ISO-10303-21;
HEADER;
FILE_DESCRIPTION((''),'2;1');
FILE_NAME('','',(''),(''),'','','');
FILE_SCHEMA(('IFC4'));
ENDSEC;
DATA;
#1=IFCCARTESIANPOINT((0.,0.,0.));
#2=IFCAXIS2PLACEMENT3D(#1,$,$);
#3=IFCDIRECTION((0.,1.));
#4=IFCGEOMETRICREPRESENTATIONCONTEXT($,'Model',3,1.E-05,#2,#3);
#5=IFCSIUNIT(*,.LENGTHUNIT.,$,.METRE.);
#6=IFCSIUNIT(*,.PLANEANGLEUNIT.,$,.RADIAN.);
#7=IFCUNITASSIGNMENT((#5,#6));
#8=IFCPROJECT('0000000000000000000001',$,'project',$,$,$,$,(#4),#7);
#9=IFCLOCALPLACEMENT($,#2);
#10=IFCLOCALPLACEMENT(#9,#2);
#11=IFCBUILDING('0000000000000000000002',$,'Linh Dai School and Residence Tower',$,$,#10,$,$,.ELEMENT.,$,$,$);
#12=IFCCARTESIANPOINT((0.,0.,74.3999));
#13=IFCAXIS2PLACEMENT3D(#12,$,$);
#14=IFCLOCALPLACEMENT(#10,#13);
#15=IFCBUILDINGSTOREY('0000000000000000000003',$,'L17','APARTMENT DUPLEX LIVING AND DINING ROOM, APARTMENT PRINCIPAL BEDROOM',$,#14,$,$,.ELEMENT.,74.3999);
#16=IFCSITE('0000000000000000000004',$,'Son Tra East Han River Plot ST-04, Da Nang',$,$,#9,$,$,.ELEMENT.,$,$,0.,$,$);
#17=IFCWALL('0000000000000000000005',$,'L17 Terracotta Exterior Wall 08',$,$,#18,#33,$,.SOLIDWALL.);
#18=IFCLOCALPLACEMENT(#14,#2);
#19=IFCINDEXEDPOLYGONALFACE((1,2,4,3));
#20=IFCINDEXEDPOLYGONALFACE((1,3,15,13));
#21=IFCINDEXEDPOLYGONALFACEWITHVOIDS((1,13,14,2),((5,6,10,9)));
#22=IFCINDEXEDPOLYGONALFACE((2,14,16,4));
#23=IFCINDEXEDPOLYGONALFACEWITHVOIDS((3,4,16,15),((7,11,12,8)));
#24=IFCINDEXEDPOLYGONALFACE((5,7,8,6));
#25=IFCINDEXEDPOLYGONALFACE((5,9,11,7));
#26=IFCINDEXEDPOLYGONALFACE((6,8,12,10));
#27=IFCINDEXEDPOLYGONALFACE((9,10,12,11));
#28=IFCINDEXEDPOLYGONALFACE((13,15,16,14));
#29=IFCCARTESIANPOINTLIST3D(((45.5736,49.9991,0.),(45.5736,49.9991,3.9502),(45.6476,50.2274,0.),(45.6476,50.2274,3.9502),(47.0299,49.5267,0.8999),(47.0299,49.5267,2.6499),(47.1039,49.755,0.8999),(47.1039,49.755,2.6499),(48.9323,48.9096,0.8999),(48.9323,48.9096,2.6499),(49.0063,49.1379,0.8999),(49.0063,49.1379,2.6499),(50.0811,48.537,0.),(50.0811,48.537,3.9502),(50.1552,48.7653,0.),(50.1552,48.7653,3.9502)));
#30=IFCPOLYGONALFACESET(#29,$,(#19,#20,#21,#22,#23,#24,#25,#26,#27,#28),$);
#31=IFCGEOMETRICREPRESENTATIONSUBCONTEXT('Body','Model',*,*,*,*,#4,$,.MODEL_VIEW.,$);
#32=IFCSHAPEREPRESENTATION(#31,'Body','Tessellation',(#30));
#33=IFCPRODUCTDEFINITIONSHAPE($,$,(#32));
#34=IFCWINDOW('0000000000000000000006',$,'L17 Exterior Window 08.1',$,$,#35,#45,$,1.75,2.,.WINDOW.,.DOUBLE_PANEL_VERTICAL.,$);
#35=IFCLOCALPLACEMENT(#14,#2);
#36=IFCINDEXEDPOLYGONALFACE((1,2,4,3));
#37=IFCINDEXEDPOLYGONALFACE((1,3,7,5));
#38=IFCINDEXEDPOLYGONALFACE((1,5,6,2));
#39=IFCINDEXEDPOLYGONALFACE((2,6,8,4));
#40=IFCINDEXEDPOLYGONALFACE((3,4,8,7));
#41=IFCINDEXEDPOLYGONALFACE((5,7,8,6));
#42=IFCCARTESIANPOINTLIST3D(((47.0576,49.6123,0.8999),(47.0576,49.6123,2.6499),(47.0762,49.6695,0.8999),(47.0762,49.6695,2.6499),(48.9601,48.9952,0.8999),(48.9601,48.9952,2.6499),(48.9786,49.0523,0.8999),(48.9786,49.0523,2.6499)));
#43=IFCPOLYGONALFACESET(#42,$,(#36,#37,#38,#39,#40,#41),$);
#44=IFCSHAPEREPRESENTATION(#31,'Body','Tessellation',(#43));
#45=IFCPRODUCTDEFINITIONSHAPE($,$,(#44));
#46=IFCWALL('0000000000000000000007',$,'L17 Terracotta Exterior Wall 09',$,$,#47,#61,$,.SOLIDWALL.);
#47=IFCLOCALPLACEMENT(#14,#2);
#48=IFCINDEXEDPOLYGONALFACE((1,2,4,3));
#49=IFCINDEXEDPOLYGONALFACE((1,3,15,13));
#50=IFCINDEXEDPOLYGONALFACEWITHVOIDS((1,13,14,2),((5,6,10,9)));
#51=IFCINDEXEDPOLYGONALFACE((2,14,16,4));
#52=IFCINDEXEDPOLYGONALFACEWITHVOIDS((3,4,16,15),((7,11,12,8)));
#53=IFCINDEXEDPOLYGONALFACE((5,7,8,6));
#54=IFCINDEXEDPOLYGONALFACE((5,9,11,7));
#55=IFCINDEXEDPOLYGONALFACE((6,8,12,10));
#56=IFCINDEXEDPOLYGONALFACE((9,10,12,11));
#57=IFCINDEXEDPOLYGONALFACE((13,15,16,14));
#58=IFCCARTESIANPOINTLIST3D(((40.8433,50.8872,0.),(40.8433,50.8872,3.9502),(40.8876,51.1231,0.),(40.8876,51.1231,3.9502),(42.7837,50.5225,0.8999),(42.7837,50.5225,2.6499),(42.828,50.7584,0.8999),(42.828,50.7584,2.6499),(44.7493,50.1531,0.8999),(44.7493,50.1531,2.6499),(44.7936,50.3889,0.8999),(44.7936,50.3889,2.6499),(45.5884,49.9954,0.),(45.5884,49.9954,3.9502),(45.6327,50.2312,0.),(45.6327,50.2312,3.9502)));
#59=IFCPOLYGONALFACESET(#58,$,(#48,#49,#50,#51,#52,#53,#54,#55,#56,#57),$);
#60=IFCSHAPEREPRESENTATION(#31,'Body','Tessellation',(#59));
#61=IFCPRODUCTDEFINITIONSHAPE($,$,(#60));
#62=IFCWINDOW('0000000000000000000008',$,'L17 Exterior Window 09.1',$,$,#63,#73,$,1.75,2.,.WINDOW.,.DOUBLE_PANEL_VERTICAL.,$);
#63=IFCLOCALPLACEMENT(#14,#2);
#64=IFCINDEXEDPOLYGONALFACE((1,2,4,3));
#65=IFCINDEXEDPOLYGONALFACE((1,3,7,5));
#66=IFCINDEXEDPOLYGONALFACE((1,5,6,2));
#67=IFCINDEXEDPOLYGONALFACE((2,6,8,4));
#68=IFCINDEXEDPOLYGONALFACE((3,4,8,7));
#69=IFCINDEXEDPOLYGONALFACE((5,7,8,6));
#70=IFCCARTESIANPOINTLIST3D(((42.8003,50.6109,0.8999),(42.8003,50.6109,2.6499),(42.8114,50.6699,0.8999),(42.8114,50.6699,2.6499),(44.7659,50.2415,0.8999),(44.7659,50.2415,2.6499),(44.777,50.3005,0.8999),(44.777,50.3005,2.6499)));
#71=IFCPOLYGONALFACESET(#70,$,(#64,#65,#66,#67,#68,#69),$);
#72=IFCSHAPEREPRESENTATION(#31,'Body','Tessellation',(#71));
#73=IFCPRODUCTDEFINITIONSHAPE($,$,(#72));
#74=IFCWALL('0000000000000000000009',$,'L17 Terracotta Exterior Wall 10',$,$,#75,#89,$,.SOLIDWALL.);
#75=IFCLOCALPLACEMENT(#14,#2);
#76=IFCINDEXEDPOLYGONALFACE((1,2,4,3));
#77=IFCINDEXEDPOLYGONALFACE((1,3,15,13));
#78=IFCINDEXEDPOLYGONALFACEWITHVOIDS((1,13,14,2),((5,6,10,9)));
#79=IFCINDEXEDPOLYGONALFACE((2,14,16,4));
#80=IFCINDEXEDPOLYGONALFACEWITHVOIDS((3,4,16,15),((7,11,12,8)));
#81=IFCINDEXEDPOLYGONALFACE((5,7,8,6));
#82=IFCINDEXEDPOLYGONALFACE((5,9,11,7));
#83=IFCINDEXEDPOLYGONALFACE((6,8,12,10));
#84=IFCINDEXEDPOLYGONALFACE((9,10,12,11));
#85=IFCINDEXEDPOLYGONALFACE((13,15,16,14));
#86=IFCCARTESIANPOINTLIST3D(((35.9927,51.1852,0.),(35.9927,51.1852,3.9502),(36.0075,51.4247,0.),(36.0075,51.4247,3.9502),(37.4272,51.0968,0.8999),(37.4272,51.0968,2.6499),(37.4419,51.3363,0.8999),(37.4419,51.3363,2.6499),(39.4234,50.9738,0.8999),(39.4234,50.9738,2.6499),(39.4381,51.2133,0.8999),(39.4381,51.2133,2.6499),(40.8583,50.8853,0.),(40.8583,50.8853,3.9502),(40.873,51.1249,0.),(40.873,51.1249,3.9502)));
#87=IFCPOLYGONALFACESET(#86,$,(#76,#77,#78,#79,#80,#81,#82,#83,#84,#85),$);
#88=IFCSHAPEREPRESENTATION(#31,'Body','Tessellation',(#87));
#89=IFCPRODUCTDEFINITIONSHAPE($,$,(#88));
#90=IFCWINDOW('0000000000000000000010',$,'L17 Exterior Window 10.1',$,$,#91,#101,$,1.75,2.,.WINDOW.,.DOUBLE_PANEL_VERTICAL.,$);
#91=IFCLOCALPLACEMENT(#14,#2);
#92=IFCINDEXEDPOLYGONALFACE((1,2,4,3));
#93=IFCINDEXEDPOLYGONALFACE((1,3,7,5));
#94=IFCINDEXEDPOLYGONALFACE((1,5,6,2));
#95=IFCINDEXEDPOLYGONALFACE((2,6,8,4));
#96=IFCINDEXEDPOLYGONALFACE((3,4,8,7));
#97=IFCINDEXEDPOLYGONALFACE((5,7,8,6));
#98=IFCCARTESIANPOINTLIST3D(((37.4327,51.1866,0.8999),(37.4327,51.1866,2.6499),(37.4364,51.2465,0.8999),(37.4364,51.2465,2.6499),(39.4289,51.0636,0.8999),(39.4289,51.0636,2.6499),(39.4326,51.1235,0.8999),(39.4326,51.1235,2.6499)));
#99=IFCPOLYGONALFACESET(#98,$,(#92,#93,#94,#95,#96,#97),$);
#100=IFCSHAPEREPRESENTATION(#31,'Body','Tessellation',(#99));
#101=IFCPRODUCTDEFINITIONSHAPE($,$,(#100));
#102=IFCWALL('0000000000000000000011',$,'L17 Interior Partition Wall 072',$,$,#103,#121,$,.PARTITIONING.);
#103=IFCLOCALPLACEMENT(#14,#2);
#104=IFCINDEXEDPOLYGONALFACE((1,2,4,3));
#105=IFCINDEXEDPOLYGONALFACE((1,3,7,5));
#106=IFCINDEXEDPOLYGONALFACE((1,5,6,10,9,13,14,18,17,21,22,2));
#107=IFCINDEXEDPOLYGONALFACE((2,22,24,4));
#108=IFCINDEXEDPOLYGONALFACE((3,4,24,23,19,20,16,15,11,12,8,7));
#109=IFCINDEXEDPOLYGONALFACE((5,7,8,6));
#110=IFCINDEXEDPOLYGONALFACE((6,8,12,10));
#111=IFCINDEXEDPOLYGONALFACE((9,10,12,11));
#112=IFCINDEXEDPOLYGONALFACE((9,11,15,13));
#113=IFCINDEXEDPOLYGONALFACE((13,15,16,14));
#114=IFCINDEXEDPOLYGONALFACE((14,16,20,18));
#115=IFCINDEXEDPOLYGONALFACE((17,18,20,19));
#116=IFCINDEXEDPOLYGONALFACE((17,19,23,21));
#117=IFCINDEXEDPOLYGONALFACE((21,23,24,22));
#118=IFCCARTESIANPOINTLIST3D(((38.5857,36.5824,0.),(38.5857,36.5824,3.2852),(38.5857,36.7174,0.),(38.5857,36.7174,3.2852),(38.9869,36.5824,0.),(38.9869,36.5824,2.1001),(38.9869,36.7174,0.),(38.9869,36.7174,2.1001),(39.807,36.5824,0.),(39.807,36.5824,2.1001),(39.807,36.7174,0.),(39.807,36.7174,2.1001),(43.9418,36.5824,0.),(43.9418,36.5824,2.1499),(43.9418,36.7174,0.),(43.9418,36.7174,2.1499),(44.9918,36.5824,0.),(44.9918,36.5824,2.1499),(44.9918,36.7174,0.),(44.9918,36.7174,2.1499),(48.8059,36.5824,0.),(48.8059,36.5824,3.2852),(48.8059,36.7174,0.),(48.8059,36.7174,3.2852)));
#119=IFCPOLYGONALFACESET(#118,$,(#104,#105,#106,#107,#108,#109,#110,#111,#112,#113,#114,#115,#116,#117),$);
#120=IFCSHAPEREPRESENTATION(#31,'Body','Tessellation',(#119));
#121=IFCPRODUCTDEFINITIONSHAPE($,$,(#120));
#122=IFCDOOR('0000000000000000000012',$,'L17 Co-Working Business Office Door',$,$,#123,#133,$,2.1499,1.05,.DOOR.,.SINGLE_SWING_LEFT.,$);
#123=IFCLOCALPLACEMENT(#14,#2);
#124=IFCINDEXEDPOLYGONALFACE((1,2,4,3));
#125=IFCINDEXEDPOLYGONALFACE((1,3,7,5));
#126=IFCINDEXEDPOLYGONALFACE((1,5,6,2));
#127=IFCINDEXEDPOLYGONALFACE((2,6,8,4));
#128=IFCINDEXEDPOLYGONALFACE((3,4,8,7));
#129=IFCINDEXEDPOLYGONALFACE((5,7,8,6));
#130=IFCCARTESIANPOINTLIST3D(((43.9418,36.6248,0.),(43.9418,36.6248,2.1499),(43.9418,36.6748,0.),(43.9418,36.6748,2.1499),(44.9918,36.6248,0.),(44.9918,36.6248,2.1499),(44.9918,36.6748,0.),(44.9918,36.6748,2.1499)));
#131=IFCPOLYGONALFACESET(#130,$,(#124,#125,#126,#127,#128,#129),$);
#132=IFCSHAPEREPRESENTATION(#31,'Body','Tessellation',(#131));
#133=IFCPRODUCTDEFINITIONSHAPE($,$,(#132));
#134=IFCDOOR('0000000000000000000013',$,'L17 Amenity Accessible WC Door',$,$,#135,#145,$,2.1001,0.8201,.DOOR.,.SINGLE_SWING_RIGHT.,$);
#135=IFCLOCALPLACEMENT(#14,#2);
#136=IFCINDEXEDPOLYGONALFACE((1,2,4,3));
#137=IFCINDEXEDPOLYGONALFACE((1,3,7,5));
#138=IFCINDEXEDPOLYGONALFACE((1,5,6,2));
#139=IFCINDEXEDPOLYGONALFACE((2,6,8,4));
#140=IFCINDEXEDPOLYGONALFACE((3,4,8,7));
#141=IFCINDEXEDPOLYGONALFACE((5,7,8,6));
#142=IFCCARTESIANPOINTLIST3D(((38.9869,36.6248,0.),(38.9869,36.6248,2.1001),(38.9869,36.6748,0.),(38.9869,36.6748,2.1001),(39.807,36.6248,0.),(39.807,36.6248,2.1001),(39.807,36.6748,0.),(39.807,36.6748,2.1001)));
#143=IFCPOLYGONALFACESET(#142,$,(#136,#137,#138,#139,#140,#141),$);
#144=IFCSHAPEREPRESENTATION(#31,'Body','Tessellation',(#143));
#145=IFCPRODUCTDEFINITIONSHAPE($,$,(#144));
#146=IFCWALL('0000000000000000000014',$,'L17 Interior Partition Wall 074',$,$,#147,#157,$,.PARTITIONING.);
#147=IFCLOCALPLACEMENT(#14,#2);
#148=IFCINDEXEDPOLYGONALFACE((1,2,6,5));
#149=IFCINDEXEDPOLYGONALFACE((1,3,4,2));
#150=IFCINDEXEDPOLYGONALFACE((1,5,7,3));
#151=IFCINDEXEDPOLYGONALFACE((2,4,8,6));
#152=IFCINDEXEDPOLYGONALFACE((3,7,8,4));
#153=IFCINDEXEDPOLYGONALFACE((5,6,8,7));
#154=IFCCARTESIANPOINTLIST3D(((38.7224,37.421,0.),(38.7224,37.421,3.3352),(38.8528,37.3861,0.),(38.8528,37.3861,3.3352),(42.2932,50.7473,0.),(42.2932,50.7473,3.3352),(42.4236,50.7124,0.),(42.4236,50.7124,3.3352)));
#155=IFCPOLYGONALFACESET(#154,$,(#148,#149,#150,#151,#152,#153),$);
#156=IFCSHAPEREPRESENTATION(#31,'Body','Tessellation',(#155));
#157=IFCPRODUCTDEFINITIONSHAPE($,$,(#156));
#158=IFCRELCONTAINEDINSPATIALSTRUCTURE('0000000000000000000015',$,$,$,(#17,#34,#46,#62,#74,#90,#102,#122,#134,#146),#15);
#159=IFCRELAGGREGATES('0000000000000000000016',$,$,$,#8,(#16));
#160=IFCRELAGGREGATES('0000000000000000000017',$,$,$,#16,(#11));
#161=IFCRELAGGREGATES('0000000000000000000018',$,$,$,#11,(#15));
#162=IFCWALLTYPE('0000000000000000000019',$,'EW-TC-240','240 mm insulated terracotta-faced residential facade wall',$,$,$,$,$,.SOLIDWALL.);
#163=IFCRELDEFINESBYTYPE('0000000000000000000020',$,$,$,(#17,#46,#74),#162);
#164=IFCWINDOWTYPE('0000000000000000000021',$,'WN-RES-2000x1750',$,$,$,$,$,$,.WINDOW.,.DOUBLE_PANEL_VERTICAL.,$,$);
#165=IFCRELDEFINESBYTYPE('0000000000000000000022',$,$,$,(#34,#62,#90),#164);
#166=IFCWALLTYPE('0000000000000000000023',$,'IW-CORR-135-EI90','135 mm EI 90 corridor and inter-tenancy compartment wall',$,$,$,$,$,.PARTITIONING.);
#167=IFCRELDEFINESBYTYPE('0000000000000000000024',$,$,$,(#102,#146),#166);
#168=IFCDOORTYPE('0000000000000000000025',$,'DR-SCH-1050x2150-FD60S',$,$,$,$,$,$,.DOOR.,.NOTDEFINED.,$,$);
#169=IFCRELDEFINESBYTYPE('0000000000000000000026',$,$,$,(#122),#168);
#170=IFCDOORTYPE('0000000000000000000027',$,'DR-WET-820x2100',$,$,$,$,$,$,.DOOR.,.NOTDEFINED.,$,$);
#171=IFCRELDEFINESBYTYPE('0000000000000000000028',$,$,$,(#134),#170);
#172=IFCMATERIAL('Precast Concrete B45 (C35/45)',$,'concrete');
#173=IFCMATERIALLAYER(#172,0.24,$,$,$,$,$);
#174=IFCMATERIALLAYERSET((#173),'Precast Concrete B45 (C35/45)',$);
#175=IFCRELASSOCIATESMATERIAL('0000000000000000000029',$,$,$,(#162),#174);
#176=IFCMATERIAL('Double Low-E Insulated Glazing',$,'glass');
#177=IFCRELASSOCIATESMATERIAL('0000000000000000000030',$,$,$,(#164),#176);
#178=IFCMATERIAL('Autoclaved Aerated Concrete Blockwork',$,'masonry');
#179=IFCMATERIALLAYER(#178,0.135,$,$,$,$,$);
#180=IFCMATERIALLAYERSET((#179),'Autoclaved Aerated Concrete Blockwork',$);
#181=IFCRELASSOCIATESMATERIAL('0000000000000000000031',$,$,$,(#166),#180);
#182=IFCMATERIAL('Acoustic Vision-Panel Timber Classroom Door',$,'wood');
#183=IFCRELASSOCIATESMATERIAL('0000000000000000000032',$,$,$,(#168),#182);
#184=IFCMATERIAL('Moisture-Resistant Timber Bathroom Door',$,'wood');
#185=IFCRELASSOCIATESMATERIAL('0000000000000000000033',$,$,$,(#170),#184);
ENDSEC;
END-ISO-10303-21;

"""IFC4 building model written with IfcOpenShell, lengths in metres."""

from ifc_helpers import new_model, si_unit, direction, frame, frame_2d, origin, origin_2d, place, context, subcontext, project, spatial, rectangle, extrude, source, transform, mapped, material, layer, layer_set, type_object, element, fill, save


model = new_model("IFC4")

# Units and contexts
model_context = context("Model", 3, precision=1e-05, world=origin(), true_north=direction((0.0, 1.0)))
body_context = subcontext(model_context, "Body", "Model", "MODEL_VIEW")
ifc_project = project(units=[si_unit("LENGTHUNIT", "METRE"), si_unit("PLANEANGLEUNIT", "RADIAN")], contexts=[model_context])

# Site, building, storey
site_placement = place(None, origin())
site = spatial("IfcSite", under=ifc_project, at=site_placement, Name="Son Tra East Han River Plot ST-04, Da Nang", CompositionType="ELEMENT", RefElevation=0.0)
building_placement = place(site_placement, origin())
building = spatial("IfcBuilding", under=site, at=building_placement, Name="Linh Dai School and Residence Tower", CompositionType="ELEMENT")
storey_placement = place(building_placement, frame((0.0, 0.0, 74.3999)))
storey = spatial("IfcBuildingStorey", under=building, at=storey_placement, Name="L17", Description="APARTMENT DUPLEX LIVING AND DINING ROOM, APARTMENT PRINCIPAL BEDROOM", CompositionType="ELEMENT", Elevation=74.3999)

# Shared definitions
ifc_material_1 = material(Name="Precast Concrete B45 (C35/45)", Category="concrete")

# Walls, openings, windows
ifc_layer_1 = layer(ifc_material_1, 0.24)
ifc_layer_set_1 = layer_set([ifc_layer_1], Name="Precast Concrete B45 (C35/45)")
wall_type_1 = type_object("IfcWallType", Name="EW-TC-240", Description="240 mm insulated terracotta-faced residential facade wall", PredefinedType="SOLIDWALL", material=ifc_layer_set_1)
wall_1_placement = place(storey_placement, frame((45.6106, 50.1133, 0.0), z_axis=(0.0, 0.0, 1.0), x_axis=(0.951208, -0.308551, 0.0)))
wall_1 = element("IfcWall", 1, at=wall_1_placement, inside=storey, type_object=wall_type_1, Name="L17 Terracotta Exterior Wall 08", PredefinedType="SOLIDWALL", context=body_context, shape_type="SweptSolid", body=[
    extrude(rectangle(XDim=4.7388, YDim=0.24, at=frame_2d((2.3694, 0.0))), origin(), (0.0, 0.0, 1.0), 3.9502),
])
opening_1_placement = place(wall_1_placement, frame((1.531, 0.0, 0.8999)))
opening_1 = element("IfcOpeningElement", 2, at=opening_1_placement, cuts=wall_1, PredefinedType="OPENING", context=body_context, shape_type="SweptSolid", body=[
    extrude(rectangle(XDim=2.0, YDim=1.75, at=origin_2d()), frame((1.0, 0.1299, 0.875), z_axis=(0.0, -1.0, 0.0), x_axis=(1.0, 0.0, 0.0)), (0.0, 0.0, 1.0), 0.26),
])
ifc_material_2 = material(Name="Double Low-E Insulated Glazing", Category="glass")
window_type = type_object("IfcWindowType", Name="WN-RES-2000x1750", PartitioningType="DOUBLE_PANEL_VERTICAL", PredefinedType="WINDOW", material=ifc_material_2)
shared_shape_1 = source(origin(), body_context, "Body", "SweptSolid", [
    extrude(rectangle(XDim=2.0, YDim=1.75, at=origin_2d()), frame((1.0, 0.03, 0.875), z_axis=(0.0, -1.0, 0.0), x_axis=(1.0, 0.0, 0.0)), (0.0, 0.0, 1.0), 0.0601),
])
window_1_placement = place(opening_1_placement, origin())
window_1 = element("IfcWindow", 3, at=window_1_placement, inside=storey, type_object=window_type, Name="L17 Exterior Window 08.1", OverallHeight=1.75, OverallWidth=2.0, PartitioningType="DOUBLE_PANEL_VERTICAL", PredefinedType="WINDOW", context=body_context, shape_type="MappedRepresentation", body=[
    mapped(shared_shape_1, transform((0.0, 0.0, 0.0), x_axis=(1.0, 0.0, 0.0), y_axis=(0.0, 1.0, 0.0), z_axis=(0.0, 0.0, 1.0), scale=1.0)),
])
fill(opening_1, window_1)
wall_2_placement = place(storey_placement, frame((40.8655, 51.0051, 0.0), z_axis=(0.0, 0.0, 1.0), x_axis=(0.982792, -0.184716, 0.0)))
wall_2 = element("IfcWall", 4, at=wall_2_placement, inside=storey, type_object=wall_type_1, Name="L17 Terracotta Exterior Wall 09", PredefinedType="SOLIDWALL", context=body_context, shape_type="SweptSolid", body=[
    extrude(rectangle(XDim=4.8281, YDim=0.24, at=frame_2d((2.4141, 0.0))), origin(), (0.0, 0.0, 1.0), 3.9502),
])
opening_2_placement = place(wall_2_placement, frame((1.9744, 0.0, 0.8999)))
opening_2 = element("IfcOpeningElement", 5, at=opening_2_placement, cuts=wall_2, PredefinedType="OPENING", context=body_context, shape_type="SweptSolid", body=[
    extrude(rectangle(XDim=2.0, YDim=1.75, at=origin_2d()), frame((1.0, 0.1299, 0.875), z_axis=(0.0, -1.0, 0.0), x_axis=(1.0, 0.0, 0.0)), (0.0, 0.0, 1.0), 0.26),
])
window_2_placement = place(opening_2_placement, origin())
window_2 = element("IfcWindow", 6, at=window_2_placement, inside=storey, type_object=window_type, Name="L17 Exterior Window 09.1", OverallHeight=1.75, OverallWidth=2.0, PartitioningType="DOUBLE_PANEL_VERTICAL", PredefinedType="WINDOW", context=body_context, shape_type="MappedRepresentation", body=[
    mapped(shared_shape_1, transform((0.0, 0.0, 0.0), x_axis=(1.0, 0.0, 0.0), y_axis=(0.0, 1.0, 0.0), z_axis=(0.0, 0.0, 1.0), scale=1.0)),
])
fill(opening_2, window_2)
wall_3_placement = place(storey_placement, frame((36.0, 51.3049, 0.0), z_axis=(0.0, 0.0, 1.0), x_axis=(0.998107, -0.061502, 0.0)))
wall_3 = element("IfcWall", 7, at=wall_3_placement, inside=storey, type_object=wall_type_1, Name="L17 Terracotta Exterior Wall 10", PredefinedType="SOLIDWALL", context=body_context, shape_type="SweptSolid", body=[
    extrude(rectangle(XDim=4.8748, YDim=0.24, at=frame_2d((2.4375, 0.0))), origin(), (0.0, 0.0, 1.0), 3.9502),
])
opening_3_placement = place(wall_3_placement, frame((1.4373, 0.0, 0.8999)))
opening_3 = element("IfcOpeningElement", 8, at=opening_3_placement, cuts=wall_3, PredefinedType="OPENING", context=body_context, shape_type="SweptSolid", body=[
    extrude(rectangle(XDim=2.0, YDim=1.75, at=origin_2d()), frame((1.0, 0.1299, 0.875), z_axis=(0.0, -1.0, 0.0), x_axis=(1.0, 0.0, 0.0)), (0.0, 0.0, 1.0), 0.26),
])
window_3_placement = place(opening_3_placement, origin())
window_3 = element("IfcWindow", 9, at=window_3_placement, inside=storey, type_object=window_type, Name="L17 Exterior Window 10.1", OverallHeight=1.75, OverallWidth=2.0, PartitioningType="DOUBLE_PANEL_VERTICAL", PredefinedType="WINDOW", context=body_context, shape_type="MappedRepresentation", body=[
    mapped(shared_shape_1, transform((0.0, 0.0, 0.0), x_axis=(1.0, 0.0, 0.0), y_axis=(0.0, 1.0, 0.0), z_axis=(0.0, 0.0, 1.0), scale=1.0)),
])
fill(opening_3, window_3)

# Wall, openings, doors
ifc_material_3 = material(Name="Autoclaved Aerated Concrete Blockwork", Category="masonry")
ifc_layer_2 = layer(ifc_material_3, 0.135)
ifc_layer_set_2 = layer_set([ifc_layer_2], Name="Autoclaved Aerated Concrete Blockwork")
wall_type_2 = type_object("IfcWallType", Name="IW-CORR-135-EI90", Description="135 mm EI 90 corridor and inter-tenancy compartment wall", PredefinedType="PARTITIONING", material=ifc_layer_set_2)
wall_4_placement = place(storey_placement, frame((38.5857, 36.6499, 0.0), z_axis=(0.0, 0.0, 1.0), x_axis=(1.0, 0.0, 0.0)))
wall_4 = element("IfcWall", 10, at=wall_4_placement, inside=storey, type_object=wall_type_2, Name="L17 Interior Partition Wall 072", PredefinedType="PARTITIONING", context=body_context, shape_type="SweptSolid", body=[
    extrude(rectangle(XDim=10.2202, YDim=0.135, at=frame_2d((5.1101, 0.0))), origin(), (0.0, 0.0, 1.0), 3.2852),
])
opening_4_placement = place(wall_4_placement, frame((5.3562, 0.0, 0.0)))
opening_4 = element("IfcOpeningElement", 11, at=opening_4_placement, cuts=wall_4, PredefinedType="OPENING", context=body_context, shape_type="SweptSolid", body=[
    extrude(rectangle(XDim=1.05, YDim=2.1499, at=origin_2d()), frame((0.5249, 0.0776, 1.075), z_axis=(0.0, -1.0, 0.0), x_axis=(1.0, 0.0, 0.0)), (0.0, 0.0, 1.0), 0.155),
])
opening_5_placement = place(wall_4_placement, frame((0.4011, 0.0, 0.0)))
opening_5 = element("IfcOpeningElement", 12, at=opening_5_placement, cuts=wall_4, PredefinedType="OPENING", context=body_context, shape_type="SweptSolid", body=[
    extrude(rectangle(XDim=0.8201, YDim=2.1001, at=origin_2d()), frame((0.4102, 0.0776, 1.05), z_axis=(0.0, -1.0, 0.0), x_axis=(1.0, 0.0, 0.0)), (0.0, 0.0, 1.0), 0.155),
])
ifc_material_4 = material(Name="Acoustic Vision-Panel Timber Classroom Door", Category="wood")
door_type_1 = type_object("IfcDoorType", Name="DR-SCH-1050x2150-FD60S", OperationType="NOTDEFINED", PredefinedType="DOOR", material=ifc_material_4)
shared_shape_2 = source(origin(), body_context, "Body", "SweptSolid", [
    extrude(rectangle(XDim=1.05, YDim=2.1499, at=origin_2d()), frame((0.5249, 0.0249, 1.075), z_axis=(0.0, -1.0, 0.0), x_axis=(1.0, 0.0, 0.0)), (0.0, 0.0, 1.0), 0.05),
])
door_1_placement = place(opening_4_placement, origin())
door_1 = element("IfcDoor", 13, at=door_1_placement, inside=storey, type_object=door_type_1, Name="L17 Co-Working Business Office Door", OperationType="SINGLE_SWING_LEFT", OverallHeight=2.1499, OverallWidth=1.05, PredefinedType="DOOR", context=body_context, shape_type="MappedRepresentation", body=[
    mapped(shared_shape_2, transform((0.0, 0.0, 0.0), x_axis=(1.0, 0.0, 0.0), y_axis=(0.0, 1.0, 0.0), z_axis=(0.0, 0.0, 1.0), scale=1.0)),
])
fill(opening_4, door_1)
ifc_material_5 = material(Name="Moisture-Resistant Timber Bathroom Door", Category="wood")
door_type_2 = type_object("IfcDoorType", Name="DR-WET-820x2100", OperationType="NOTDEFINED", PredefinedType="DOOR", material=ifc_material_5)
shared_shape_3 = source(origin(), body_context, "Body", "SweptSolid", [
    extrude(rectangle(XDim=0.8201, YDim=2.1001, at=origin_2d()), frame((0.4102, 0.0249, 1.05), z_axis=(0.0, -1.0, 0.0), x_axis=(1.0, 0.0, 0.0)), (0.0, 0.0, 1.0), 0.05),
])
door_2_placement = place(opening_5_placement, origin())
door_2 = element("IfcDoor", 14, at=door_2_placement, inside=storey, type_object=door_type_2, Name="L17 Amenity Accessible WC Door", OperationType="SINGLE_SWING_RIGHT", OverallHeight=2.1001, OverallWidth=0.8201, PredefinedType="DOOR", context=body_context, shape_type="MappedRepresentation", body=[
    mapped(shared_shape_3, transform((0.0, 0.0, 0.0), x_axis=(1.0, 0.0, 0.0), y_axis=(0.0, 1.0, 0.0), z_axis=(0.0, 0.0, 1.0), scale=1.0)),
])
fill(opening_5, door_2)

# Wall
wall_5_placement = place(storey_placement, frame((38.7876, 37.4036, 0.0), z_axis=(0.0, 0.0, 1.0), x_axis=(0.258823, 0.965925, 0.0)))
element("IfcWall", 15, at=wall_5_placement, inside=storey, type_object=wall_type_2, Name="L17 Interior Partition Wall 074", PredefinedType="PARTITIONING", context=body_context, shape_type="SweptSolid", body=[
    extrude(rectangle(XDim=13.7964, YDim=0.135, at=frame_2d((6.8982, 0.0))), origin(), (0.0, 0.0, 1.0), 3.3352),
])

save(model, "model.ifc")
